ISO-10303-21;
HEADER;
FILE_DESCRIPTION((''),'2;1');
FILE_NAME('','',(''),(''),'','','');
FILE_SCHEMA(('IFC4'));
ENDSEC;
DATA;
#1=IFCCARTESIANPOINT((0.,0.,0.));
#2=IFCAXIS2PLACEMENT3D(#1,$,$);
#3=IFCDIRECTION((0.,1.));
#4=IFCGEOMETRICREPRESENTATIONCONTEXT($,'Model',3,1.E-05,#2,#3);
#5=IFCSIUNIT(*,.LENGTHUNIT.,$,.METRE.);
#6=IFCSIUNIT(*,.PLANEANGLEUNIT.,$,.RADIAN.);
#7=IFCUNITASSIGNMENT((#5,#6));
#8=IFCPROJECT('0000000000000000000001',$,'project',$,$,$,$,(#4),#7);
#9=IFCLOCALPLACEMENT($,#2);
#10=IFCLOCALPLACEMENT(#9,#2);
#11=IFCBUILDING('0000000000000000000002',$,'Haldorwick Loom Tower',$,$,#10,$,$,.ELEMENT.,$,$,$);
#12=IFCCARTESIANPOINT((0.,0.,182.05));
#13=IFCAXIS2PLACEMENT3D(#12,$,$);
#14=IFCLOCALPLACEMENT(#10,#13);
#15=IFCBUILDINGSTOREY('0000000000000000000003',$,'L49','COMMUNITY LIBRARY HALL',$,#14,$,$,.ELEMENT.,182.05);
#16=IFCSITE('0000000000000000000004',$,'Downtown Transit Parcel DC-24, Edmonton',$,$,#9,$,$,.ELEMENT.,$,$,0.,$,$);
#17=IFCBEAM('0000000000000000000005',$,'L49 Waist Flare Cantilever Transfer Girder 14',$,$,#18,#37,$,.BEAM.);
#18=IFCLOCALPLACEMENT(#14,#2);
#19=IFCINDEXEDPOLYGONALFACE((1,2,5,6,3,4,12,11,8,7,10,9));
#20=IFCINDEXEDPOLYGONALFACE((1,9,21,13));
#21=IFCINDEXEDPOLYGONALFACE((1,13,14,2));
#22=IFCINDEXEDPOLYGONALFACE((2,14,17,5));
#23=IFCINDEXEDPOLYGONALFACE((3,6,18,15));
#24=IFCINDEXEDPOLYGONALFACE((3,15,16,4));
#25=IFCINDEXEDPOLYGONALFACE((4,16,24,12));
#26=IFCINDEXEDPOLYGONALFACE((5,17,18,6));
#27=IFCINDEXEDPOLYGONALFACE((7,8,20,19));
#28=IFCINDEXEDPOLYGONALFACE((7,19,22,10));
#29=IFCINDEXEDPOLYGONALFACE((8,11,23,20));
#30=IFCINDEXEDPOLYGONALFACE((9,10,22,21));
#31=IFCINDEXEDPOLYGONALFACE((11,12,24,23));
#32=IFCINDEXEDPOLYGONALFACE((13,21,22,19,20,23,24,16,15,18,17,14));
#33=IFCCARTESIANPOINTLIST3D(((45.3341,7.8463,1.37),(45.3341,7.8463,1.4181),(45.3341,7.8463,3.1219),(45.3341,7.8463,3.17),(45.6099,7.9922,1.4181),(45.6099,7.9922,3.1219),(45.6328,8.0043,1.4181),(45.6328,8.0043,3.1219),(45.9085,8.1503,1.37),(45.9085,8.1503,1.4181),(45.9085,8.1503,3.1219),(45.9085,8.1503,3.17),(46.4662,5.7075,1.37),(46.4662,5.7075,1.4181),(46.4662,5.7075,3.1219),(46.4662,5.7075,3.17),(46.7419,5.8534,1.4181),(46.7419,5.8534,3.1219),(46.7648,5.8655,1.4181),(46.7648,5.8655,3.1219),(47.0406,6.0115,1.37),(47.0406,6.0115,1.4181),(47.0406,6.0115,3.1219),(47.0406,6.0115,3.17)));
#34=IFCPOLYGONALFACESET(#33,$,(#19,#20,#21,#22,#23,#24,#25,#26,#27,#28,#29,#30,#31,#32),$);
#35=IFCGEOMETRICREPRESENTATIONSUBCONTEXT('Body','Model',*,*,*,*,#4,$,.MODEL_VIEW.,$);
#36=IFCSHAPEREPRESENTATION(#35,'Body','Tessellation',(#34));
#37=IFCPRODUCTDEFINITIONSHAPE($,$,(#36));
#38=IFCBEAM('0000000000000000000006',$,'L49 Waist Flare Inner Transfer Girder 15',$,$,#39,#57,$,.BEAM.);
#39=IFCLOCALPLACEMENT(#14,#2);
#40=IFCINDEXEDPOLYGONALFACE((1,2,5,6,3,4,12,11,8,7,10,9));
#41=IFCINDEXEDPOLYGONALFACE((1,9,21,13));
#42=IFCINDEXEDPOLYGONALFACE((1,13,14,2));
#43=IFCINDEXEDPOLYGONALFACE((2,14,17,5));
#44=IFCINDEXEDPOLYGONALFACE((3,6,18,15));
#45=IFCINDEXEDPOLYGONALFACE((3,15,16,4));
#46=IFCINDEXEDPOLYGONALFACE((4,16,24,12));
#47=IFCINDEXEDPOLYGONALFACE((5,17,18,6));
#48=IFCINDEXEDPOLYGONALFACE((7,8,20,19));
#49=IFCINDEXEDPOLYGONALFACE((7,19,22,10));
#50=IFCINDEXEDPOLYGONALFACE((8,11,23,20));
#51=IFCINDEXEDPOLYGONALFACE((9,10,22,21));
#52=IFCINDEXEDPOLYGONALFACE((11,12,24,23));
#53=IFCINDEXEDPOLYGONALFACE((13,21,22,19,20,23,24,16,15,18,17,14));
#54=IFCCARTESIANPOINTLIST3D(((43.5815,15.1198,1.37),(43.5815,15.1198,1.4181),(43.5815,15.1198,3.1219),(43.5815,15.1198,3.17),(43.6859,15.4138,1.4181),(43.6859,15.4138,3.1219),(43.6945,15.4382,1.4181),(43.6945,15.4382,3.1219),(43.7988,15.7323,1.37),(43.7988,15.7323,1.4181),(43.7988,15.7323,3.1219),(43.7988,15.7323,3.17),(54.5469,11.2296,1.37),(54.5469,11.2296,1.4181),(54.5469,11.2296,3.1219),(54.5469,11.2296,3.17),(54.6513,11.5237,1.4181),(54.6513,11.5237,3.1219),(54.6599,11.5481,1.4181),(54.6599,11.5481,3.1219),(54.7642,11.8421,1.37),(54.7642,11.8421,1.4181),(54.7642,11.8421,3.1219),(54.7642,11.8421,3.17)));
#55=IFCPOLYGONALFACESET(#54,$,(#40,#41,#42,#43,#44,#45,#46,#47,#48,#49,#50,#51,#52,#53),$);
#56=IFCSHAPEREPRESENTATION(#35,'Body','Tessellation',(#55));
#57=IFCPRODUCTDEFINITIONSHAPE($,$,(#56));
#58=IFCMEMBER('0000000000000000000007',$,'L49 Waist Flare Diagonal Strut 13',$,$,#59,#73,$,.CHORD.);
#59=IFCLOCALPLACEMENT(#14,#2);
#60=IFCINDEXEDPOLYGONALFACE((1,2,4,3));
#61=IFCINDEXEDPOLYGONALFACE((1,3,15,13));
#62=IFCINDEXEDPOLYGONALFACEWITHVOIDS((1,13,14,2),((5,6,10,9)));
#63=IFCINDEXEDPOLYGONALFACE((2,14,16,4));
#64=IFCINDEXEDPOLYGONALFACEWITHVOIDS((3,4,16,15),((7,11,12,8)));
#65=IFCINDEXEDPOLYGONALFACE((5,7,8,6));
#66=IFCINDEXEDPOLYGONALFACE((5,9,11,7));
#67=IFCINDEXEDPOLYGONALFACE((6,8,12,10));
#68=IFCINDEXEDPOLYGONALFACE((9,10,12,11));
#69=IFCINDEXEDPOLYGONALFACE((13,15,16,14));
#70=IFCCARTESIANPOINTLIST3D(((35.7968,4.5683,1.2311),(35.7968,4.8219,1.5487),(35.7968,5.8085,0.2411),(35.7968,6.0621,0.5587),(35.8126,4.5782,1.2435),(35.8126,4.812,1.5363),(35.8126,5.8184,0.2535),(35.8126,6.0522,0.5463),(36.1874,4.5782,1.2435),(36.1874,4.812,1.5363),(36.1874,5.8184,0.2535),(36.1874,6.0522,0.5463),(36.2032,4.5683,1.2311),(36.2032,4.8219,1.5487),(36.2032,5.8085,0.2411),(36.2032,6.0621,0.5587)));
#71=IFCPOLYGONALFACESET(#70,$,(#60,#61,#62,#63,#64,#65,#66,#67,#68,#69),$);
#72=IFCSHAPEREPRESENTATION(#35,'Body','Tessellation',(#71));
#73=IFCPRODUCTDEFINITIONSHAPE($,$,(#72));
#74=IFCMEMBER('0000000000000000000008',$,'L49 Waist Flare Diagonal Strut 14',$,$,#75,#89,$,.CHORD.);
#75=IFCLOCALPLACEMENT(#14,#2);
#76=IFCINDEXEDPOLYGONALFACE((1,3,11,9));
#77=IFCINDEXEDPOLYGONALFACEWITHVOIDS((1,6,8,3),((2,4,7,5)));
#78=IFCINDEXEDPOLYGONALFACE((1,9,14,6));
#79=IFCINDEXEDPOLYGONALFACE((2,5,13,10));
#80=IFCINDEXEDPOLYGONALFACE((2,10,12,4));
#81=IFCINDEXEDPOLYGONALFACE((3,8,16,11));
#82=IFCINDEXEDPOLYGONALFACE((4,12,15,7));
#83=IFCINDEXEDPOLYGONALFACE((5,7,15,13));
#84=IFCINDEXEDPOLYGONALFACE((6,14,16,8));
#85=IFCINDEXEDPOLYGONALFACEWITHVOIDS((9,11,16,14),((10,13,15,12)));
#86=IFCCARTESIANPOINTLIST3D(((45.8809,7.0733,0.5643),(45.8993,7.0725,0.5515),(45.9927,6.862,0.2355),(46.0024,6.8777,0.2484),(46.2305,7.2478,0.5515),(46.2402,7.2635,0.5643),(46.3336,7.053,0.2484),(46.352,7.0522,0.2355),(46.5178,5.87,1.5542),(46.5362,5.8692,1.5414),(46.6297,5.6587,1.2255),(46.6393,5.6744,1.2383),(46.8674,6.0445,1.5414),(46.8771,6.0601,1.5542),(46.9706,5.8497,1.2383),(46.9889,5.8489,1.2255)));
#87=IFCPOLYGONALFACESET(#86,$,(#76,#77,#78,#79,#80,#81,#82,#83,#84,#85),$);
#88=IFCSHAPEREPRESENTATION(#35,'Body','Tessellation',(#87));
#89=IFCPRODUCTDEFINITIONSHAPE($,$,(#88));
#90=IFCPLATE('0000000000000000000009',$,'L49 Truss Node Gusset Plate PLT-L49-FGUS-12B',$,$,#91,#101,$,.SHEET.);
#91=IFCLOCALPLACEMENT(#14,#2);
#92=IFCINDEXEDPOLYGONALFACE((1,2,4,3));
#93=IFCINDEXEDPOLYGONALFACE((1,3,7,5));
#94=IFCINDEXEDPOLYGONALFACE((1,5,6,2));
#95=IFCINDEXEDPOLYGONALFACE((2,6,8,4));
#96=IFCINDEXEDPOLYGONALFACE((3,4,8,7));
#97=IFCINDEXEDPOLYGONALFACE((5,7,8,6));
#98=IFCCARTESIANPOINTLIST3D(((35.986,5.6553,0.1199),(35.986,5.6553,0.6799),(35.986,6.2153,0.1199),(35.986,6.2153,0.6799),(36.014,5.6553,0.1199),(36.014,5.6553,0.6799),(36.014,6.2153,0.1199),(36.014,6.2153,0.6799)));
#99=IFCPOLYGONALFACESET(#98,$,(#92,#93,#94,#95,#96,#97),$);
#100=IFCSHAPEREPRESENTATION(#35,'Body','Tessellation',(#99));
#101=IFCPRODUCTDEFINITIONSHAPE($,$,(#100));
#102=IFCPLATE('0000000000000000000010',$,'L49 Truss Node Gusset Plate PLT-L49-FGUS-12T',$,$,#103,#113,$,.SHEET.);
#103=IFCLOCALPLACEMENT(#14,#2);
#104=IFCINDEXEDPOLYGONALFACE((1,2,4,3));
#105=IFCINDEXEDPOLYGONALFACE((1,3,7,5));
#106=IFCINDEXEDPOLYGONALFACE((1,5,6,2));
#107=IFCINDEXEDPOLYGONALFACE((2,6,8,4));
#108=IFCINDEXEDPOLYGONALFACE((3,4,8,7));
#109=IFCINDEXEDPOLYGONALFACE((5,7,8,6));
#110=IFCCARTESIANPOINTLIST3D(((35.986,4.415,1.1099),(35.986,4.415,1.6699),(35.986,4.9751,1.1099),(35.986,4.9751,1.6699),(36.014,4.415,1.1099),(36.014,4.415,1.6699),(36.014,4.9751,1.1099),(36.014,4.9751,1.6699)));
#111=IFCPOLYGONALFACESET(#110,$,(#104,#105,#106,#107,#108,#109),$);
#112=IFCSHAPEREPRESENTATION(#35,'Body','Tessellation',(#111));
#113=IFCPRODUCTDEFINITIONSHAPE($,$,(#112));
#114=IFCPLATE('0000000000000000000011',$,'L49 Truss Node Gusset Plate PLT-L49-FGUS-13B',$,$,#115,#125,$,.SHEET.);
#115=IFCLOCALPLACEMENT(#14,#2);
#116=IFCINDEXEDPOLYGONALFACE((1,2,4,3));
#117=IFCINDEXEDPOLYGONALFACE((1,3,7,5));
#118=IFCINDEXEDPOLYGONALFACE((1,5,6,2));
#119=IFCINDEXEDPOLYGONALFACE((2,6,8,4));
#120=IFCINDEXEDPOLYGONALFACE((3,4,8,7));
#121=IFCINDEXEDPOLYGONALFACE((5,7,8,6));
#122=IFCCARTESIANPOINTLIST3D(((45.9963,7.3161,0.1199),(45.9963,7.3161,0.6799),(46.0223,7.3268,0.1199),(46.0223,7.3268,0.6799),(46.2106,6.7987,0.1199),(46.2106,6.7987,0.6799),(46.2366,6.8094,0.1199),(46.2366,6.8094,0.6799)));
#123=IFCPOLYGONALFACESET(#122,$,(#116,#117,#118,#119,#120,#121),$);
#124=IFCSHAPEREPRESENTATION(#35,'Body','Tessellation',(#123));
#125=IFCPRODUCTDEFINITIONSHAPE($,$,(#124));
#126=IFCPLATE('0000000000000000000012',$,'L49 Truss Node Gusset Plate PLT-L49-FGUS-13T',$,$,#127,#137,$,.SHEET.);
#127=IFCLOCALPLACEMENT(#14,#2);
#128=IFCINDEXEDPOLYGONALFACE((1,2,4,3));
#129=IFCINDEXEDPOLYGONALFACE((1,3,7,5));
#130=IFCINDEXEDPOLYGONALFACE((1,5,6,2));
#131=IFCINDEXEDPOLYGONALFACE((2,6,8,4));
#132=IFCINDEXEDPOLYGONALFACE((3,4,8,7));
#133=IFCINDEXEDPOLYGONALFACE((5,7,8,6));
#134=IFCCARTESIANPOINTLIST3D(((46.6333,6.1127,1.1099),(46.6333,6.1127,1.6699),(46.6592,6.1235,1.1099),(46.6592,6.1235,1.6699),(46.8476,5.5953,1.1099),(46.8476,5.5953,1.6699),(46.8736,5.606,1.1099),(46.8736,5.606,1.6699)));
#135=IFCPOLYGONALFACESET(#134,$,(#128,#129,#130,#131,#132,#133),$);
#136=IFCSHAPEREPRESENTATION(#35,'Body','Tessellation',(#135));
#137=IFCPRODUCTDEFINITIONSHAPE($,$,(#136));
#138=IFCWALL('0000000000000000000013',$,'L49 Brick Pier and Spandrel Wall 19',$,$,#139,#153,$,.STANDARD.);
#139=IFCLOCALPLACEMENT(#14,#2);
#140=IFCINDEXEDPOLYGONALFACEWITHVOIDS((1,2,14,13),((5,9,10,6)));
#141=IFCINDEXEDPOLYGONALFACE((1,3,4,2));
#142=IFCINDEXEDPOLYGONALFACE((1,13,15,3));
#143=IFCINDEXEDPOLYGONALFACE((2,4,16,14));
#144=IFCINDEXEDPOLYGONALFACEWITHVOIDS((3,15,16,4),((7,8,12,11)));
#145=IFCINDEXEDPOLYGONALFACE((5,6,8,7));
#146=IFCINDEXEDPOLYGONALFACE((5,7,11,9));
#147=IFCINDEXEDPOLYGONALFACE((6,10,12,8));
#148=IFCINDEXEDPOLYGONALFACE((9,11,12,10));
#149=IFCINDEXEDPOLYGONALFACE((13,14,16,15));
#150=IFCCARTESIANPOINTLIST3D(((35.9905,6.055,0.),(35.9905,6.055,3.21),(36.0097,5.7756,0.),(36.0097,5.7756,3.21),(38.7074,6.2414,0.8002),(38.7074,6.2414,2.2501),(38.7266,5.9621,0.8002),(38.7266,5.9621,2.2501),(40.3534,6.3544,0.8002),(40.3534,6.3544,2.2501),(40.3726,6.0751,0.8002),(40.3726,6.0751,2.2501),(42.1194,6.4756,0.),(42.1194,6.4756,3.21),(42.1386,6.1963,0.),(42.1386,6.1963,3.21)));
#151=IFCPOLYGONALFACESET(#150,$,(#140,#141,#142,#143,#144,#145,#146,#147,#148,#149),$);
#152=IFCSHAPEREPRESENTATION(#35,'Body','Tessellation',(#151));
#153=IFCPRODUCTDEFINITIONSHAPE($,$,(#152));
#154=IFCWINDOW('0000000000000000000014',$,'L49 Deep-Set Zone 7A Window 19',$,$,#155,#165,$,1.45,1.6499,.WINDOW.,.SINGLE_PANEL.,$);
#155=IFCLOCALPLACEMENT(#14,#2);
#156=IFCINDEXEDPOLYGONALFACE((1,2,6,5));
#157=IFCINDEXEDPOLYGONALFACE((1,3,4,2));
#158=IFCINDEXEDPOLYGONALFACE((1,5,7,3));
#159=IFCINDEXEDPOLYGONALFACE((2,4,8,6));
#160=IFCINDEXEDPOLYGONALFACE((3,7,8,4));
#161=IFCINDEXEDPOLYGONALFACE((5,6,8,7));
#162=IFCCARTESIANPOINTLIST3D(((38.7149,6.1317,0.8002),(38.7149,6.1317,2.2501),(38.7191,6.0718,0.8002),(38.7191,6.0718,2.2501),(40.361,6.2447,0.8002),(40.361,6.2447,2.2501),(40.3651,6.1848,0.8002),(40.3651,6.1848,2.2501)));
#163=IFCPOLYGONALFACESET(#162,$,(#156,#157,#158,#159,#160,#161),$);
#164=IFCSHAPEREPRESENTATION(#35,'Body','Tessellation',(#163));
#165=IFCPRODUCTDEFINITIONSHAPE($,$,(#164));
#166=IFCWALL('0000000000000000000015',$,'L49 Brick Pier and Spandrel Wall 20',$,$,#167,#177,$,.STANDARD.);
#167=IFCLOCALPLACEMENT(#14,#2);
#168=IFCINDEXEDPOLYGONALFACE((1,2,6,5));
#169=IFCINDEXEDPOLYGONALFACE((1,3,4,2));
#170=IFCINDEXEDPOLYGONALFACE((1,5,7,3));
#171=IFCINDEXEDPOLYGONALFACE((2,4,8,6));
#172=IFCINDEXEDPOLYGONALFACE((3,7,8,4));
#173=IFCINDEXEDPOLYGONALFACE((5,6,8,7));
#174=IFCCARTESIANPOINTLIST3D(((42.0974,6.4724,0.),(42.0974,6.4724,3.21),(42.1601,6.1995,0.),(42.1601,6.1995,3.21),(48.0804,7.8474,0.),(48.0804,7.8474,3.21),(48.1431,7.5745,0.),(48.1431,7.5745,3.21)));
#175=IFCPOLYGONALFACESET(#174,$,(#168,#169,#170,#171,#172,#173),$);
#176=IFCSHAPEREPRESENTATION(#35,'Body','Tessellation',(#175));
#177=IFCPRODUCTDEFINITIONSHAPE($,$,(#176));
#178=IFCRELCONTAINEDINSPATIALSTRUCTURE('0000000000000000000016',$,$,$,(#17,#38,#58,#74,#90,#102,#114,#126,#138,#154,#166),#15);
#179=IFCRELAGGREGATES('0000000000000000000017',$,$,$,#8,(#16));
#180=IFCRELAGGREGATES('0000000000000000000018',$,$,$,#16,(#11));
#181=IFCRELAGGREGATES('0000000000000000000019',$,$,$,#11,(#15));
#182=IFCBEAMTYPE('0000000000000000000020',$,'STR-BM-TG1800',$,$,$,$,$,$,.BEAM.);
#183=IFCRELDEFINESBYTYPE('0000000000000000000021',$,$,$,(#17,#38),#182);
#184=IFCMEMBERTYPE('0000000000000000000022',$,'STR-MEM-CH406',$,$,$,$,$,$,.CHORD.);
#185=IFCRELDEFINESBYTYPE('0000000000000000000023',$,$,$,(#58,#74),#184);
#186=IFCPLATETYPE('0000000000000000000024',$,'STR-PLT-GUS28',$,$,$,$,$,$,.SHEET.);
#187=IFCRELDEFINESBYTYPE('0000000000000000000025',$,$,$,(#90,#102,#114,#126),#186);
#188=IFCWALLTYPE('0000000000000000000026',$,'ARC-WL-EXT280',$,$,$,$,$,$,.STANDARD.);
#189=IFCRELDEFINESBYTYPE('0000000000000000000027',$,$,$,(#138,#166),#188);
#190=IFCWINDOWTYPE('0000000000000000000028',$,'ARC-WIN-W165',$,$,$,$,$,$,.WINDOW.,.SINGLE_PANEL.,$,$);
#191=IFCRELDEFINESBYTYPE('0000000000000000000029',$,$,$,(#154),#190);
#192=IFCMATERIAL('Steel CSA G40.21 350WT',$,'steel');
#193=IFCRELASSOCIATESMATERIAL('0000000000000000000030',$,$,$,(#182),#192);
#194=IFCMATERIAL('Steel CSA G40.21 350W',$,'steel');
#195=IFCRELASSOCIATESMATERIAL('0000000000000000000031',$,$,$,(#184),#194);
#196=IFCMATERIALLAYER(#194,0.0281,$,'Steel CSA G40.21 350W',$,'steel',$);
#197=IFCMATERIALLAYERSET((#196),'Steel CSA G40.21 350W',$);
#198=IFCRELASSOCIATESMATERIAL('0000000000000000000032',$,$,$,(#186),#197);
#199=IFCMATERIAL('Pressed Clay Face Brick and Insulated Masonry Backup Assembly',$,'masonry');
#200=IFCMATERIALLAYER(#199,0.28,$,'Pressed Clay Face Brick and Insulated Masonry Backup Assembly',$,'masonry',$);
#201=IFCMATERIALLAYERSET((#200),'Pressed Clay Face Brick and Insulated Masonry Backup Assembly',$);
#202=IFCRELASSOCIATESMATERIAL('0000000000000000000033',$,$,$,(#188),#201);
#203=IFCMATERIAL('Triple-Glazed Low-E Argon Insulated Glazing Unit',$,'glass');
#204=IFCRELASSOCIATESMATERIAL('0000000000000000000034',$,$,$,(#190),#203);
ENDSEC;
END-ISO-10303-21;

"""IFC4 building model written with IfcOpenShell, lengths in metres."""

from ifc_helpers import new_model, si_unit, direction, frame, frame_2d, origin, origin_2d, place, context, subcontext, project, spatial, rectangle, hollow_rectangle, i_section, extrude, material, layer, layer_set, material_profile, profile_set, type_object, element, fill, save


model = new_model("IFC4")

# Units and contexts
model_context = context("Model", 3, precision=1e-05, world=origin(), true_north=direction((0.0, 1.0)))
body_context = subcontext(model_context, "Body", "Model", "MODEL_VIEW")
ifc_project = project(units=[si_unit("LENGTHUNIT", "METRE"), si_unit("PLANEANGLEUNIT", "RADIAN")], contexts=[model_context])

# Site, building, storey
site_placement = place(None, origin())
site = spatial("IfcSite", under=ifc_project, at=site_placement, Name="Downtown Transit Parcel DC-24, Edmonton", CompositionType="ELEMENT", RefElevation=0.0)
building_placement = place(site_placement, origin())
building = spatial("IfcBuilding", under=site, at=building_placement, Name="Haldorwick Loom Tower", CompositionType="ELEMENT")
storey_placement = place(building_placement, frame((0.0, 0.0, 182.05)))
storey = spatial("IfcBuildingStorey", under=building, at=storey_placement, Name="L49", Description="COMMUNITY LIBRARY HALL", CompositionType="ELEMENT", Elevation=182.05)

# Beams
ifc_material_1 = material(Name="Steel CSA G40.21 350W", Category="steel")
ifc_material_2 = material(Name="Steel CSA G40.21 350WT", Category="steel")
ifc_material_profile_1 = material_profile(ifc_material_2, i_section(OverallWidth=0.6499, OverallDepth=1.8, WebThickness=0.0259, FlangeThickness=0.0481, at=origin_2d()), Name="WWF1800X650", Category="steel")
ifc_profile_set_1 = profile_set([ifc_material_profile_1], Name="Steel CSA G40.21 350WT")
beam_type_1 = type_object("IfcBeamType", Name="STR-BM-TG1800", PredefinedType="BEAM", material=ifc_profile_set_1)
beam_1_placement = place(storey_placement, frame((45.6213, 7.9983, 2.27), z_axis=(0.467795, -0.883837, 0.0), x_axis=(0.883837, 0.467795, 0.0)))
element("IfcBeam", 1, at=beam_1_placement, inside=storey, type_object=beam_type_1, Name="L49 Waist Flare Cantilever Transfer Girder 14", PredefinedType="BEAM", context=body_context, shape_type="SweptSolid", body=[
    extrude(i_section(OverallWidth=0.6499, OverallDepth=1.8, WebThickness=0.0259, FlangeThickness=0.0481, at=origin_2d()), origin(), (0.0, 0.0, 1.0), 2.4199),
])
beam_2_placement = place(storey_placement, frame((43.6902, 15.426, 2.27), z_axis=(0.942449, -0.33435, 0.0), x_axis=(0.33435, 0.942449, 0.0)))
element("IfcBeam", 2, at=beam_2_placement, inside=storey, type_object=beam_type_1, Name="L49 Waist Flare Inner Transfer Girder 15", PredefinedType="BEAM", context=body_context, shape_type="SweptSolid", body=[
    extrude(i_section(OverallWidth=0.6499, OverallDepth=1.8, WebThickness=0.0259, FlangeThickness=0.0481, at=origin_2d()), origin(), (0.0, 0.0, 1.0), 11.635),
])

# Members
ifc_material_profile_2 = material_profile(ifc_material_1, hollow_rectangle(XDim=0.4065, YDim=0.4065, WallThickness=0.0159, at=origin_2d()), Name="HSS406X406X16", Category="steel")
ifc_profile_set_2 = profile_set([ifc_material_profile_2], Name="Steel CSA G40.21 350W")
member_type = type_object("IfcMemberType", Name="STR-MEM-CH406", PredefinedType="CHORD", material=ifc_profile_set_2)
member_1_placement = place(storey_placement, frame((36.0, 5.9353, 0.3999), z_axis=(0.0, -0.781544, 0.62385), x_axis=(1.0, 0.0, 0.0)))
element("IfcMember", 3, at=member_1_placement, inside=storey, type_object=member_type, Name="L49 Waist Flare Diagonal Strut 13", PredefinedType="CHORD", context=body_context, shape_type="SweptSolid", body=[
    extrude(hollow_rectangle(XDim=0.4065, YDim=0.4065, WallThickness=0.0159, at=origin_2d()), origin(), (0.0, 0.0, 1.0), 1.5869),
])
member_2_placement = place(storey_placement, frame((46.1165, 7.0627, 0.3999), z_axis=(0.378375, -0.714836, 0.588083), x_axis=(0.883823, 0.467822, 0.0)))
element("IfcMember", 4, at=member_2_placement, inside=storey, type_object=member_type, Name="L49 Waist Flare Diagonal Strut 14", PredefinedType="CHORD", context=body_context, shape_type="SweptSolid", body=[
    extrude(hollow_rectangle(XDim=0.4065, YDim=0.4065, WallThickness=0.0159, at=origin_2d()), origin(), (0.0, 0.0, 1.0), 1.6833),
])

# Plates
ifc_layer_1 = layer(ifc_material_1, 0.0281, Name="Steel CSA G40.21 350W", Category="steel")
ifc_layer_set_1 = layer_set([ifc_layer_1], Name="Steel CSA G40.21 350W")
plate_type = type_object("IfcPlateType", Name="STR-PLT-GUS28", PredefinedType="SHEET", material=ifc_layer_set_1)
for number, where, z_axis, x_axis, name in (
    (5, (36.0, 5.9353, 0.1199), (0.0, 0.0, 1.0), (0.0, -1.0, 0.0), "L49 Truss Node Gusset Plate PLT-L49-FGUS-12B"),
    (6, (36.0, 4.6951, 1.1099), (0.0, 0.0, 1.0), (0.0, -1.0, 0.0), "L49 Truss Node Gusset Plate PLT-L49-FGUS-12T"),
    (7, (46.1165, 7.0627, 0.1199), (0.0, 0.0, 1.0), (0.382683, -0.92388, 0.0), "L49 Truss Node Gusset Plate PLT-L49-FGUS-13B"),
    (8, (46.7534, 5.8594, 1.1099), (0.0, 0.0, 1.0), (0.382683, -0.92388, 0.0), "L49 Truss Node Gusset Plate PLT-L49-FGUS-13T"),
):
    element("IfcPlate", number, at=place(storey_placement, frame(where, z_axis=z_axis, x_axis=x_axis)), inside=storey, type_object=plate_type, Name=name, PredefinedType="SHEET", context=body_context, shape_type="SweptSolid", body=[
        extrude(rectangle(XDim=0.5601, YDim=0.0281, at=origin_2d()), origin(), (0.0, 0.0, 1.0), 0.5601),
    ])

# Wall, opening, window
ifc_material_3 = material(Name="Pressed Clay Face Brick and Insulated Masonry Backup Assembly", Category="masonry")
ifc_layer_2 = layer(ifc_material_3, 0.28, Name="Pressed Clay Face Brick and Insulated Masonry Backup Assembly", Category="masonry")
ifc_layer_set_2 = layer_set([ifc_layer_2], Name="Pressed Clay Face Brick and Insulated Masonry Backup Assembly")
wall_type = type_object("IfcWallType", Name="ARC-WL-EXT280", PredefinedType="STANDARD", material=ifc_layer_set_2)
wall_1_placement = place(storey_placement, frame((36.0, 5.9153, 0.0), z_axis=(0.0, 0.0, 1.0), x_axis=(0.997653, 0.068473, 0.0)))
wall_1 = element("IfcWall", 9, at=wall_1_placement, inside=storey, type_object=wall_type, Name="L49 Brick Pier and Spandrel Wall 19", PredefinedType="STANDARD", context=body_context, shape_type="SweptSolid", body=[
    extrude(rectangle(XDim=6.1433, YDim=0.28, at=frame_2d((3.0718, 0.0))), origin(), (0.0, 0.0, 1.0), 3.21),
])
opening_1_placement = place(wall_1_placement, frame((2.7234, 0.0, 0.8)))
opening_1 = element("IfcOpeningElement", 10, at=opening_1_placement, cuts=wall_1, PredefinedType="OPENING", context=body_context, shape_type="SweptSolid", body=[
    extrude(rectangle(XDim=1.6499, YDim=1.45, at=frame_2d((0.825, 0.7251))), frame((0.0, 0.1499, 0.0), z_axis=(0.0, -1.0, 0.0), x_axis=(1.0, 0.0, 0.0)), (0.0, 0.0, 1.0), 0.3),
])
ifc_material_4 = material(Name="Triple-Glazed Low-E Argon Insulated Glazing Unit", Category="glass")
window_type = type_object("IfcWindowType", Name="ARC-WIN-W165", PartitioningType="SINGLE_PANEL", PredefinedType="WINDOW", material=ifc_material_4)
window_1_placement = place(opening_1_placement, origin())
window_1 = element("IfcWindow", 11, at=window_1_placement, inside=storey, type_object=window_type, Name="L49 Deep-Set Zone 7A Window 19", OverallHeight=1.45, OverallWidth=1.6499, PartitioningType="SINGLE_PANEL", PredefinedType="WINDOW", context=body_context, shape_type="SweptSolid", body=[
    extrude(rectangle(XDim=1.6499, YDim=1.45, at=frame_2d((0.825, 0.7251))), frame((0.0, 0.03, 0.0), z_axis=(0.0, -1.0, 0.0), x_axis=(1.0, 0.0, 0.0)), (0.0, 0.0, 1.0), 0.0601),
])
fill(opening_1, window_1)

# Wall
wall_2_placement = place(storey_placement, frame((42.1289, 6.3359, 0.0), z_axis=(0.0, 0.0, 1.0), x_axis=(0.974593, 0.223982, 0.0)))
element("IfcWall", 12, at=wall_2_placement, inside=storey, type_object=wall_type, Name="L49 Brick Pier and Spandrel Wall 20", PredefinedType="STANDARD", context=body_context, shape_type="SweptSolid", body=[
    extrude(rectangle(XDim=6.1389, YDim=0.28, at=frame_2d((3.0693, 0.0))), origin(), (0.0, 0.0, 1.0), 3.21),
])

save(model, "model.ifc")
